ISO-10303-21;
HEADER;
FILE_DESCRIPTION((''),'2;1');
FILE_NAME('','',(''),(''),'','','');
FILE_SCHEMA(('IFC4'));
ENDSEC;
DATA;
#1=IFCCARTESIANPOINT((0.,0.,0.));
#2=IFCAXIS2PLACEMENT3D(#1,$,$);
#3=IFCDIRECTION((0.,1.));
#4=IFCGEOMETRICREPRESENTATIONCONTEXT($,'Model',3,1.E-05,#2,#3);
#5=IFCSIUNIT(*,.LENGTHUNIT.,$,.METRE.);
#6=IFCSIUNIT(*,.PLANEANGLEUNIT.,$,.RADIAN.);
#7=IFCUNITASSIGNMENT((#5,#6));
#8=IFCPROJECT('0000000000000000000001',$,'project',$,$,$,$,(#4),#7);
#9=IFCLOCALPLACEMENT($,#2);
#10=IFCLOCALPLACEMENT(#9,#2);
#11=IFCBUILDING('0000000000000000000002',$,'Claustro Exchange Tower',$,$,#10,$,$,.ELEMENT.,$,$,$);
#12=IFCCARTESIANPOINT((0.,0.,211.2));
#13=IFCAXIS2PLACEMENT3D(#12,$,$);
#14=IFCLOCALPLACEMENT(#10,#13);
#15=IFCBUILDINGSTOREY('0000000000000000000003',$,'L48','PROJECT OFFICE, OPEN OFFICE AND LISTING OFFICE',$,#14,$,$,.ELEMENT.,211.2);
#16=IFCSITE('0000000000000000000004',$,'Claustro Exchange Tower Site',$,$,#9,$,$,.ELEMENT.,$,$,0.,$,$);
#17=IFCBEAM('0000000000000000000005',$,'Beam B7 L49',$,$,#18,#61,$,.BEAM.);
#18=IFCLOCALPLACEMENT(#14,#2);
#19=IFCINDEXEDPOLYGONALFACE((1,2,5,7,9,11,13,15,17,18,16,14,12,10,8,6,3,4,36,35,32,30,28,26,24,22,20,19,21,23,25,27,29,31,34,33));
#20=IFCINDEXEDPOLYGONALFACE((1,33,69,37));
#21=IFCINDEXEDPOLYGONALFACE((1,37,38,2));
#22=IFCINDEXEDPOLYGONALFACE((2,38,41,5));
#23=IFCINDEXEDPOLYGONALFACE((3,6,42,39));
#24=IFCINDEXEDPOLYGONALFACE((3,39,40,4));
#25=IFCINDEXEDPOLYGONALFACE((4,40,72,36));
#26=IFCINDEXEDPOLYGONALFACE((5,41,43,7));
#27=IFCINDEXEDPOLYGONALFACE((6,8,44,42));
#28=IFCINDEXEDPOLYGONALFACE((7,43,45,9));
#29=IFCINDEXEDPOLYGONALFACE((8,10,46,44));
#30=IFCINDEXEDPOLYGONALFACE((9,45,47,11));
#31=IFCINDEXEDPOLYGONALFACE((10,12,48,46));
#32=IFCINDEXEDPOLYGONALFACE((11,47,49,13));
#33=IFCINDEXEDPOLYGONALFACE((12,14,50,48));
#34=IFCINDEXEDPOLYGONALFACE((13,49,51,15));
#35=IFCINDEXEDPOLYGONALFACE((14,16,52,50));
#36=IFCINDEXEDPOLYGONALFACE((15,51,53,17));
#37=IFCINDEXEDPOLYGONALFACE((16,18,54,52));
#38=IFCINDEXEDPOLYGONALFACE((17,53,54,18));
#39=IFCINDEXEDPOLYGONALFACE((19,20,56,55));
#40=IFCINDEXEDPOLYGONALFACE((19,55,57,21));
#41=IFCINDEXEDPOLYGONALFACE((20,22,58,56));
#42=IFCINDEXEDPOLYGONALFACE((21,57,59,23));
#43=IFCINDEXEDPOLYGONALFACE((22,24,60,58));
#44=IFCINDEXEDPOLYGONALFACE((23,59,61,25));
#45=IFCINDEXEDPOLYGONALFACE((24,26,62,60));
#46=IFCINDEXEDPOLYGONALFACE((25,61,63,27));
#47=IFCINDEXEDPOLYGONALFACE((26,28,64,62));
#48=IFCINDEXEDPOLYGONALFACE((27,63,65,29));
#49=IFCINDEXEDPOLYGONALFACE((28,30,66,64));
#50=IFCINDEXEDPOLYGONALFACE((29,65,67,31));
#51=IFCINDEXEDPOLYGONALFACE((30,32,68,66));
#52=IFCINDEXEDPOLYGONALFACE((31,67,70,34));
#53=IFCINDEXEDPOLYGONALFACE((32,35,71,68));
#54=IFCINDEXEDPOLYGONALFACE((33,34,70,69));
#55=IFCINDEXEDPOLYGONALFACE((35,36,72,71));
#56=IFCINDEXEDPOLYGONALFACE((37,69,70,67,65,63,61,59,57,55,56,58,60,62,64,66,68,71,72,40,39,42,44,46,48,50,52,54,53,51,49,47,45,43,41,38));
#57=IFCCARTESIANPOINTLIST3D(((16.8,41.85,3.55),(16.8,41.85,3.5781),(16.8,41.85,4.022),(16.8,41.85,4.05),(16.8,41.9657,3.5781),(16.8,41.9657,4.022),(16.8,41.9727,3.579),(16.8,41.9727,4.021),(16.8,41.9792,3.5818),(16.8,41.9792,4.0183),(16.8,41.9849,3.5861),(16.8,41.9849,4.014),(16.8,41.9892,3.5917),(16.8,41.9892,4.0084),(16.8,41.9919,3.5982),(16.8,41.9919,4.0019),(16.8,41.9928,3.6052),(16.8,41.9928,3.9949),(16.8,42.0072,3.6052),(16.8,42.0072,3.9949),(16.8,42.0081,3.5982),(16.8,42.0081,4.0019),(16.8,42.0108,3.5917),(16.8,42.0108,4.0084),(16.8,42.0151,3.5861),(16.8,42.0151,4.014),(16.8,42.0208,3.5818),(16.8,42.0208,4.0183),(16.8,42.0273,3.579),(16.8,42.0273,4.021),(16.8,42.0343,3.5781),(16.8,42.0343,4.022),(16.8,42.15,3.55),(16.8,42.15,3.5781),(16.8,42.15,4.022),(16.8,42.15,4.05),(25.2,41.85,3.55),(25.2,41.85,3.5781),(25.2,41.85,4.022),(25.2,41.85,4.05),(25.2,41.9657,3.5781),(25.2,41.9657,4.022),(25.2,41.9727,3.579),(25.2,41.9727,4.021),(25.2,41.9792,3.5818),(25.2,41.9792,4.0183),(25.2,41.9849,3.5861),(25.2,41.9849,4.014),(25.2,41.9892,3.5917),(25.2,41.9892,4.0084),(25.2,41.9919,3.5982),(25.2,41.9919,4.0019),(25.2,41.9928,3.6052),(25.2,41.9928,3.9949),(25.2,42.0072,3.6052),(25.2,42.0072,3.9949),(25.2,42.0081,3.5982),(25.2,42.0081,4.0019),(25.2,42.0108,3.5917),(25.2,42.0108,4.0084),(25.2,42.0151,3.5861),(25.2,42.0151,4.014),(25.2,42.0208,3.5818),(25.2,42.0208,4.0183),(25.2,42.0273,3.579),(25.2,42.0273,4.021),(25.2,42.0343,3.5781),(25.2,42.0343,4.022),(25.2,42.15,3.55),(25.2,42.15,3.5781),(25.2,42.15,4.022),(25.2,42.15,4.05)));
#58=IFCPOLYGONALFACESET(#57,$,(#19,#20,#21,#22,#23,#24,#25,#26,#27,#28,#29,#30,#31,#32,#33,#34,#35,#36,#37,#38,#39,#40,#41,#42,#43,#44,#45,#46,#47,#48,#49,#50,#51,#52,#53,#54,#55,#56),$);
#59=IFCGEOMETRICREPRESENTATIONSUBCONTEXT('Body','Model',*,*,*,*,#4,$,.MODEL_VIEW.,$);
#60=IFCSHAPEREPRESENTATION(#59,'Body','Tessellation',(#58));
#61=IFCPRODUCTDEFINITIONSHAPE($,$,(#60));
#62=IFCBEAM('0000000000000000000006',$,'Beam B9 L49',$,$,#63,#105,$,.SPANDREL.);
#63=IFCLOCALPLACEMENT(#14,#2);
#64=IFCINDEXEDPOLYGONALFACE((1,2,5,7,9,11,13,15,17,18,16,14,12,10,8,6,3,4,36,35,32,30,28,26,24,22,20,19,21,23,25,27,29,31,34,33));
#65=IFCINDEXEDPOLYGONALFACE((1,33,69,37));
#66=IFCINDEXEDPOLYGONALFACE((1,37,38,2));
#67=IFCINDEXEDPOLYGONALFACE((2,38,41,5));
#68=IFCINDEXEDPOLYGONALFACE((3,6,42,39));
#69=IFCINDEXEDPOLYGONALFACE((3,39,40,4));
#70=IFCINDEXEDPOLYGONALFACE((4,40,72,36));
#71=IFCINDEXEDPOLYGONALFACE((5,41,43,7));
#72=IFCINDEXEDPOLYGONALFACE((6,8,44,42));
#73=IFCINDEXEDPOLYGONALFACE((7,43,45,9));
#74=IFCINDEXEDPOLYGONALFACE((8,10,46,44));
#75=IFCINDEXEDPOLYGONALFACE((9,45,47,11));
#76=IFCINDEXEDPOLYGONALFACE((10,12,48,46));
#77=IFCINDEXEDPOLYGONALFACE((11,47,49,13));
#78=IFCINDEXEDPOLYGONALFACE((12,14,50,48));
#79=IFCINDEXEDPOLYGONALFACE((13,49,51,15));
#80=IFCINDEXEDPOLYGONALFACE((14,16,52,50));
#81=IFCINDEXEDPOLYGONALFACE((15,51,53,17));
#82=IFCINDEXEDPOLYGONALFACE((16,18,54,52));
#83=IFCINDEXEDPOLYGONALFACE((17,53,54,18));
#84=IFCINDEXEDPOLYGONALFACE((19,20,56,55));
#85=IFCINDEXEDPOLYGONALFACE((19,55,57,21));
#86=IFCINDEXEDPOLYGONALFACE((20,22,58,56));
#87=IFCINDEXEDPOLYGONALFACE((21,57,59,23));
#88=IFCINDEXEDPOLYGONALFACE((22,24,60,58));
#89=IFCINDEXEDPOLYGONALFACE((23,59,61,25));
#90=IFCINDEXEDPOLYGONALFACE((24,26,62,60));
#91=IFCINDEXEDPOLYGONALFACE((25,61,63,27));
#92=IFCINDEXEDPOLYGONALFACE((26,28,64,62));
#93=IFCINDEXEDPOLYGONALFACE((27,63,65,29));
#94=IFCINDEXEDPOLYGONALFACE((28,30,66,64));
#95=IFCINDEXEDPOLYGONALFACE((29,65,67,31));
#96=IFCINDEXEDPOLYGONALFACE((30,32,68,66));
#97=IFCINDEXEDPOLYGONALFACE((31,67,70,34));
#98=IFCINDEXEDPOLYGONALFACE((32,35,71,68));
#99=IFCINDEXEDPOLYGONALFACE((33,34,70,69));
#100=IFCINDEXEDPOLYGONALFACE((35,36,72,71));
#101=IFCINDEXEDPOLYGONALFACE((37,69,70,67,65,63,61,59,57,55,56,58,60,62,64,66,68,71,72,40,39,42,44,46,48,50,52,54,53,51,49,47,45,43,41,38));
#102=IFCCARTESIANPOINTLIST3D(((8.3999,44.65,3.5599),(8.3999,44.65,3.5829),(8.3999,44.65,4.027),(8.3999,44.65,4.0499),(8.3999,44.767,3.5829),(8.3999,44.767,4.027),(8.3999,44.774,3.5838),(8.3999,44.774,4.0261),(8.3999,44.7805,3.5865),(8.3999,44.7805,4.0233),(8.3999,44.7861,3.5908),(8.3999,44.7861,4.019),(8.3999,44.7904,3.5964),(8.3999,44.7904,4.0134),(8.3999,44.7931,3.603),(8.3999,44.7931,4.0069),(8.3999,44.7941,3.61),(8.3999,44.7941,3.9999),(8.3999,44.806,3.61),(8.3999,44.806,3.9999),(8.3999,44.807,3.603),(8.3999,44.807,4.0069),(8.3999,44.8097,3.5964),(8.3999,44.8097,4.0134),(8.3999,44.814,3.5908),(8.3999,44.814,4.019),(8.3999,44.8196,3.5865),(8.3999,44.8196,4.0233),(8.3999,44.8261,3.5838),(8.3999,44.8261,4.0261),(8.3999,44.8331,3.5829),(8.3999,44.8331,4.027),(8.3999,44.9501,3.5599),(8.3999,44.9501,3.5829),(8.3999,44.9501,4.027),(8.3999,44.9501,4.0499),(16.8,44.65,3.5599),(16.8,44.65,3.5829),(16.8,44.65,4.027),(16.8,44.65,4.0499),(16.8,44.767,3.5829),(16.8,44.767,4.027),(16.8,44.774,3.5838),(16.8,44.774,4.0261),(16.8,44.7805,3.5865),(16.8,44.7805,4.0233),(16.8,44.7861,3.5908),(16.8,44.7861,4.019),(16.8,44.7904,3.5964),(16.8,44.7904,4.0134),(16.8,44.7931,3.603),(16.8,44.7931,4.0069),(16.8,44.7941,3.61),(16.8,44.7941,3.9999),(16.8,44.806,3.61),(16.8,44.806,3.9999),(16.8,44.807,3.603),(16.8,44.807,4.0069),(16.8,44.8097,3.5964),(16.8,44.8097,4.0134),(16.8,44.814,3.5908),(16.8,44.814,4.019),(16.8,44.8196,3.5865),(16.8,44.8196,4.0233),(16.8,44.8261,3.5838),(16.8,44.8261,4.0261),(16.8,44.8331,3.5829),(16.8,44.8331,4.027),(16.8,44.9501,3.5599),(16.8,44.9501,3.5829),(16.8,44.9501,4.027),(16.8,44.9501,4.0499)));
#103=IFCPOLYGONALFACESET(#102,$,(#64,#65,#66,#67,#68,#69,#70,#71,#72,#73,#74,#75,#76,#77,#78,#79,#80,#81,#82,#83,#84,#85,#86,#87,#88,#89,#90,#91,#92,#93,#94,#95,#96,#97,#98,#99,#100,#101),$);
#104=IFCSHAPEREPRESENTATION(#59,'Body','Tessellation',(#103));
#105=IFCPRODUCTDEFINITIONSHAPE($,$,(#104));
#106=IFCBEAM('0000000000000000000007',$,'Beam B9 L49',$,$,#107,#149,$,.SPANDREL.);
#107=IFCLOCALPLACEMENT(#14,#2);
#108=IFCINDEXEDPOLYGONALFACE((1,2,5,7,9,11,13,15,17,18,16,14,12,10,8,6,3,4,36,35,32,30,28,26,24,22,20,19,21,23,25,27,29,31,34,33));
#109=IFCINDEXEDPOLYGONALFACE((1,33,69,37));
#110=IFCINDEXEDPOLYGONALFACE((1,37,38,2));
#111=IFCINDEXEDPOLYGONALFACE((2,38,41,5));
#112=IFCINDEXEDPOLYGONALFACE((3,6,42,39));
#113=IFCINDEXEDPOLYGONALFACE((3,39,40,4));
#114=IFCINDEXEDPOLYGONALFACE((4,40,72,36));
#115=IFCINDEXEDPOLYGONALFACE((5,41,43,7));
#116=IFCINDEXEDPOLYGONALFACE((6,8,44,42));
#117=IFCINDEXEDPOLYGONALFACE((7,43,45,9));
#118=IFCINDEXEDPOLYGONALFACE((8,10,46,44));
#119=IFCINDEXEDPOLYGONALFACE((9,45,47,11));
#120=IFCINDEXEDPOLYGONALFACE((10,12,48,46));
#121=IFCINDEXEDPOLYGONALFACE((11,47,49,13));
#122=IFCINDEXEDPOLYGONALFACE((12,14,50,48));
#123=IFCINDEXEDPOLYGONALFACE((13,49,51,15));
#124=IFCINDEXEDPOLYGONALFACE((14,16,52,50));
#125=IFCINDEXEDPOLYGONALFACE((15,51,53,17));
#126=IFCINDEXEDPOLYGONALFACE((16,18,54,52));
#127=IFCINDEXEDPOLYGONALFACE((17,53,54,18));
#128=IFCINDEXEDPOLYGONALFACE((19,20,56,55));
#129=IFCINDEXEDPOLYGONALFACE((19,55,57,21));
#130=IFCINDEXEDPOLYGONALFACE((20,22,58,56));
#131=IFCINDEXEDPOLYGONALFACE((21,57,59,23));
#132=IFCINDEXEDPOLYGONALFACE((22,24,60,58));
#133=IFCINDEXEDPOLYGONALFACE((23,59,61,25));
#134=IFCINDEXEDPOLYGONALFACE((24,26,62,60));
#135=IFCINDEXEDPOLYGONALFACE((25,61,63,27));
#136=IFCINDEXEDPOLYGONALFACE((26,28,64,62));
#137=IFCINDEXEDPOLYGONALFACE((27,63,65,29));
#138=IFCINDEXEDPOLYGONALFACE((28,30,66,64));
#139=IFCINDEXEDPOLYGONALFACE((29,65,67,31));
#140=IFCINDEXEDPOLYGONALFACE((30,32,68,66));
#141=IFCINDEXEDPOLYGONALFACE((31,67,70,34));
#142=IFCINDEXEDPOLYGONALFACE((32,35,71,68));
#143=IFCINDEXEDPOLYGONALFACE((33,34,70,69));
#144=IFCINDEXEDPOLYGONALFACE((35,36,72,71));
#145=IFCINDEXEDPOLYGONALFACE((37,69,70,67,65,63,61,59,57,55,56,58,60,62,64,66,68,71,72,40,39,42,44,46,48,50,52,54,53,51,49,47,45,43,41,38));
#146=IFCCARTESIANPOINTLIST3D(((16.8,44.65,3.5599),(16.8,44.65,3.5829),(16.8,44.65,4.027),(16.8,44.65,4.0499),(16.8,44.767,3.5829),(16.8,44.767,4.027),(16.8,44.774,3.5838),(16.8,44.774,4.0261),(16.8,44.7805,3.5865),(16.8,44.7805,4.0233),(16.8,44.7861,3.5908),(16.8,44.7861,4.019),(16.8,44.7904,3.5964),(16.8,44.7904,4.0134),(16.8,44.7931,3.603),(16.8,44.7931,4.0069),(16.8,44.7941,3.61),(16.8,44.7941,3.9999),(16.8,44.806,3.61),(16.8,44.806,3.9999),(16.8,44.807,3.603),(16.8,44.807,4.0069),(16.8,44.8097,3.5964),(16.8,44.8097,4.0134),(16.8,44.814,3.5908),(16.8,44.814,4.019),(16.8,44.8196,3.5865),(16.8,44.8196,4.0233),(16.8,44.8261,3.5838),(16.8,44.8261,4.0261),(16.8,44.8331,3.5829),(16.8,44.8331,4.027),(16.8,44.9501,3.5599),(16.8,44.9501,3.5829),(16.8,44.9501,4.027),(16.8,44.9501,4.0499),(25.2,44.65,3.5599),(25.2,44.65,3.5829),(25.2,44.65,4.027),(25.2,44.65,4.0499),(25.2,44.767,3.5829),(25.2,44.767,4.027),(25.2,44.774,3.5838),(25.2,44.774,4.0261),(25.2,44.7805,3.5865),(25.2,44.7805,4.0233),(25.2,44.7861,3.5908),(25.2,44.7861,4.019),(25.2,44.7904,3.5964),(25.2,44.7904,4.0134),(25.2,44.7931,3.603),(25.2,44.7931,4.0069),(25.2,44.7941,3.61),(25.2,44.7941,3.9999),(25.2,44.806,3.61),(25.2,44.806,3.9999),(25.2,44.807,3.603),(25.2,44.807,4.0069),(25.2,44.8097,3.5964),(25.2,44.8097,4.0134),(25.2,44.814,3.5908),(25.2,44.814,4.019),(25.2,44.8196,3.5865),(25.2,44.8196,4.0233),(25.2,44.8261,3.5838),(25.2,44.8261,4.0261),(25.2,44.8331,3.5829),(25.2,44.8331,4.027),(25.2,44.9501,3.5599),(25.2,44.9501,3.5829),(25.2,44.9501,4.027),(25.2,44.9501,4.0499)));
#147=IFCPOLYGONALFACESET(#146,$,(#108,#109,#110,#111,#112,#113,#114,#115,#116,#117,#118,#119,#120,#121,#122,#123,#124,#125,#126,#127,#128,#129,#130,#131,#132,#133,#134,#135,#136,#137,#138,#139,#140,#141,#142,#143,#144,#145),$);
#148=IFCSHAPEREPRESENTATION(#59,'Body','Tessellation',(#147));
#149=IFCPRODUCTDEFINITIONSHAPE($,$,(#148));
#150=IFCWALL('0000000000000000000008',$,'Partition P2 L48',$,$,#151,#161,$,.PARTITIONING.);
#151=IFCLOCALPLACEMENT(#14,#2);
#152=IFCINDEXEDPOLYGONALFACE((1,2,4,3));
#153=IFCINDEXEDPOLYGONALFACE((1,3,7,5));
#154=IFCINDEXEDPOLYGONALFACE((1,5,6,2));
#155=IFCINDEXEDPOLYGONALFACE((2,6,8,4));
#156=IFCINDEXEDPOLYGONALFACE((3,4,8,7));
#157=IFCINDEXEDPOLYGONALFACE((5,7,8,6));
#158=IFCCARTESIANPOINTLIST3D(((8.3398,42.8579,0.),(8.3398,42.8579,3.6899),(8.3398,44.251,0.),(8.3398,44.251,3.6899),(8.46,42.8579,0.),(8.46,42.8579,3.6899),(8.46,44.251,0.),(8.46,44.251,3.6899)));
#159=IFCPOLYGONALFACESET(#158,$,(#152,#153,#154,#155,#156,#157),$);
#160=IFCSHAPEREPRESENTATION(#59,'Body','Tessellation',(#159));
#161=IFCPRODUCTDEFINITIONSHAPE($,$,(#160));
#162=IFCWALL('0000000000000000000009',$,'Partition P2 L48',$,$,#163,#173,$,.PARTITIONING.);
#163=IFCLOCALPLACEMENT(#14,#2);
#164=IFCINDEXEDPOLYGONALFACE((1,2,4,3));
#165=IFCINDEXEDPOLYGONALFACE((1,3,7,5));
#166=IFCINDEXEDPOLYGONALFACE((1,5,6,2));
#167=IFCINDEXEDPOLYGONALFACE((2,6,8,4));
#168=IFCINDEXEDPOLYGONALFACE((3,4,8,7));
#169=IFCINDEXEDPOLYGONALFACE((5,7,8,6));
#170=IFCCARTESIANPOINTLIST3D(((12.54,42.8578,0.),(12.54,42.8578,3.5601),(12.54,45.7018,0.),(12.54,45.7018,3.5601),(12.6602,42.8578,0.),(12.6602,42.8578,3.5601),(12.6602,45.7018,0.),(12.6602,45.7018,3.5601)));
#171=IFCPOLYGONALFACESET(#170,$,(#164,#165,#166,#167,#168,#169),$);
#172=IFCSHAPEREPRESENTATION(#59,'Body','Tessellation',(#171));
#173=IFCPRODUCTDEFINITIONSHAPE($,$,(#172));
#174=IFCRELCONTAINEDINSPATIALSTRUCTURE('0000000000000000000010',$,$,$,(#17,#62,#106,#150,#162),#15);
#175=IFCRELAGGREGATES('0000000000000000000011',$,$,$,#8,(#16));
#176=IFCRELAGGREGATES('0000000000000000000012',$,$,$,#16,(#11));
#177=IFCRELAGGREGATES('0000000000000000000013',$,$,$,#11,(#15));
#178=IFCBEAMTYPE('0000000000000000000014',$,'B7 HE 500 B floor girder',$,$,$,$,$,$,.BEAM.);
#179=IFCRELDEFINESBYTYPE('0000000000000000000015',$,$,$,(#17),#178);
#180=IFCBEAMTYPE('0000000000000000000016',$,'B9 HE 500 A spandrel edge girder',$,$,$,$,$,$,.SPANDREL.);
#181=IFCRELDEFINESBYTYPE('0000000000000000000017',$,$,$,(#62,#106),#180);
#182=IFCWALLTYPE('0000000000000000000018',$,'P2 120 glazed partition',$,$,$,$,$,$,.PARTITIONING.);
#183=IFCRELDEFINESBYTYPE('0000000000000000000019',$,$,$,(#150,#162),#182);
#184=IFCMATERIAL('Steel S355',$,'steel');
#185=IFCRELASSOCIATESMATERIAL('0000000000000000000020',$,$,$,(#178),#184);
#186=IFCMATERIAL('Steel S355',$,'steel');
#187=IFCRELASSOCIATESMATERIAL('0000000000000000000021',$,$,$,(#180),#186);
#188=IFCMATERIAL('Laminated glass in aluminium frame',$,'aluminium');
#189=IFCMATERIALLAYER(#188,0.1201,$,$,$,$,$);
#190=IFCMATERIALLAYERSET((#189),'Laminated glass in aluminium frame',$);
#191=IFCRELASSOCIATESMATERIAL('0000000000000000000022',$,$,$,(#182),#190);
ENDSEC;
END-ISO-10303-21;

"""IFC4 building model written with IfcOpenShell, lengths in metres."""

from ifc_helpers import new_model, si_unit, direction, frame, frame_2d, origin, origin_2d, place, context, subcontext, project, spatial, rectangle, i_section, extrude, material, layer, layer_set, material_profile, profile_set, type_object, element, save


model = new_model("IFC4")

# Units and contexts
model_context = context("Model", 3, precision=1e-05, world=origin(), true_north=direction((0.0, 1.0)))
body_context = subcontext(model_context, "Body", "Model", "MODEL_VIEW")
ifc_project = project(units=[si_unit("LENGTHUNIT", "METRE"), si_unit("PLANEANGLEUNIT", "RADIAN")], contexts=[model_context])

# Site, building, storey
site_placement = place(None, origin())
site = spatial("IfcSite", under=ifc_project, at=site_placement, Name="Claustro Exchange Tower Site", CompositionType="ELEMENT", RefElevation=0.0)
building_placement = place(site_placement, origin())
building = spatial("IfcBuilding", under=site, at=building_placement, Name="Claustro Exchange Tower", CompositionType="ELEMENT")
storey_placement = place(building_placement, frame((0.0, 0.0, 211.2)))
storey = spatial("IfcBuildingStorey", under=building, at=storey_placement, Name="L48", Description="PROJECT OFFICE, OPEN OFFICE AND LISTING OFFICE", CompositionType="ELEMENT", Elevation=211.2)

# Beams
ifc_material_1 = material(Name="Steel S355", Category="steel")
ifc_material_profile_1 = material_profile(ifc_material_1, i_section(OverallWidth=0.3, OverallDepth=0.5, WebThickness=0.0144, FlangeThickness=0.0281, FilletRadius=0.0271, at=origin_2d()), Name="HE 500 B")
ifc_profile_set_1 = profile_set([ifc_material_profile_1], Name="Steel S355")
beam_type_1 = type_object("IfcBeamType", Name="B7 HE 500 B floor girder", PredefinedType="BEAM", material=ifc_profile_set_1)
beam_1_placement = place(storey_placement, frame((16.8, 42.0, 3.8), z_axis=(1.0, 0.0, 0.0), x_axis=(0.0, 1.0, 0.0)))
element("IfcBeam", 1, at=beam_1_placement, inside=storey, type_object=beam_type_1, Name="Beam B7 L49", PredefinedType="BEAM", context=body_context, shape_type="SweptSolid", body=[
    extrude(i_section(OverallWidth=0.3, OverallDepth=0.5, WebThickness=0.0144, FlangeThickness=0.0281, FilletRadius=0.0271, at=origin_2d()), origin(), (0.0, 0.0, 1.0), 8.3999),
])
ifc_material_2 = material(Name="Steel S355", Category="steel")
ifc_material_profile_2 = material_profile(ifc_material_2, i_section(OverallWidth=0.3, OverallDepth=0.49, WebThickness=0.012, FlangeThickness=0.0229, FilletRadius=0.0271, at=origin_2d()), Name="HE 500 A")
ifc_profile_set_2 = profile_set([ifc_material_profile_2], Name="Steel S355")
beam_type_2 = type_object("IfcBeamType", Name="B9 HE 500 A spandrel edge girder", PredefinedType="SPANDREL", material=ifc_profile_set_2)
beam_2_placement = place(storey_placement, frame((8.3999, 44.8, 3.8049), z_axis=(1.0, 0.0, 0.0), x_axis=(0.0, 1.0, 0.0)))
element("IfcBeam", 2, at=beam_2_placement, inside=storey, type_object=beam_type_2, Name="Beam B9 L49", PredefinedType="SPANDREL", context=body_context, shape_type="SweptSolid", body=[
    extrude(i_section(OverallWidth=0.3, OverallDepth=0.49, WebThickness=0.012, FlangeThickness=0.0229, FilletRadius=0.0271, at=origin_2d()), origin(), (0.0, 0.0, 1.0), 8.4001),
])
beam_3_placement = place(storey_placement, frame((16.8, 44.8, 3.8049), z_axis=(1.0, 0.0, 0.0), x_axis=(0.0, 1.0, 0.0)))
element("IfcBeam", 3, at=beam_3_placement, inside=storey, type_object=beam_type_2, Name="Beam B9 L49", PredefinedType="SPANDREL", context=body_context, shape_type="SweptSolid", body=[
    extrude(i_section(OverallWidth=0.3, OverallDepth=0.49, WebThickness=0.012, FlangeThickness=0.0229, FilletRadius=0.0271, at=origin_2d()), origin(), (0.0, 0.0, 1.0), 8.3999),
])

# Walls
ifc_material_3 = material(Name="Laminated glass in aluminium frame", Category="aluminium")
ifc_layer_1 = layer(ifc_material_3, 0.1201)
ifc_layer_set_1 = layer_set([ifc_layer_1], Name="Laminated glass in aluminium frame")
wall_type_1 = type_object("IfcWallType", Name="P2 120 glazed partition", PredefinedType="PARTITIONING", material=ifc_layer_set_1)
wall_1_placement = place(storey_placement, frame((8.3999, 42.8579, 0.0), z_axis=(0.0, 0.0, 1.0), x_axis=(0.0, 1.0, 0.0)))
element("IfcWall", 4, at=wall_1_placement, inside=storey, type_object=wall_type_1, Name="Partition P2 L48", PredefinedType="PARTITIONING", context=body_context, shape_type="SweptSolid", body=[
    extrude(rectangle(XDim=1.3931, YDim=0.1201, at=frame_2d((0.6965, 0.0))), origin(), (0.0, 0.0, 1.0), 3.6899),
])
wall_2_placement = place(storey_placement, frame((12.6001, 42.8579, 0.0), z_axis=(0.0, 0.0, 1.0), x_axis=(0.0, 1.0, 0.0)))
element("IfcWall", 5, at=wall_2_placement, inside=storey, type_object=wall_type_1, Name="Partition P2 L48", PredefinedType="PARTITIONING", context=body_context, shape_type="SweptSolid", body=[
    extrude(rectangle(XDim=2.844, YDim=0.1201, at=frame_2d((1.4219, 0.0))), origin(), (0.0, 0.0, 1.0), 3.5601),
])

save(model, "model.ifc")
